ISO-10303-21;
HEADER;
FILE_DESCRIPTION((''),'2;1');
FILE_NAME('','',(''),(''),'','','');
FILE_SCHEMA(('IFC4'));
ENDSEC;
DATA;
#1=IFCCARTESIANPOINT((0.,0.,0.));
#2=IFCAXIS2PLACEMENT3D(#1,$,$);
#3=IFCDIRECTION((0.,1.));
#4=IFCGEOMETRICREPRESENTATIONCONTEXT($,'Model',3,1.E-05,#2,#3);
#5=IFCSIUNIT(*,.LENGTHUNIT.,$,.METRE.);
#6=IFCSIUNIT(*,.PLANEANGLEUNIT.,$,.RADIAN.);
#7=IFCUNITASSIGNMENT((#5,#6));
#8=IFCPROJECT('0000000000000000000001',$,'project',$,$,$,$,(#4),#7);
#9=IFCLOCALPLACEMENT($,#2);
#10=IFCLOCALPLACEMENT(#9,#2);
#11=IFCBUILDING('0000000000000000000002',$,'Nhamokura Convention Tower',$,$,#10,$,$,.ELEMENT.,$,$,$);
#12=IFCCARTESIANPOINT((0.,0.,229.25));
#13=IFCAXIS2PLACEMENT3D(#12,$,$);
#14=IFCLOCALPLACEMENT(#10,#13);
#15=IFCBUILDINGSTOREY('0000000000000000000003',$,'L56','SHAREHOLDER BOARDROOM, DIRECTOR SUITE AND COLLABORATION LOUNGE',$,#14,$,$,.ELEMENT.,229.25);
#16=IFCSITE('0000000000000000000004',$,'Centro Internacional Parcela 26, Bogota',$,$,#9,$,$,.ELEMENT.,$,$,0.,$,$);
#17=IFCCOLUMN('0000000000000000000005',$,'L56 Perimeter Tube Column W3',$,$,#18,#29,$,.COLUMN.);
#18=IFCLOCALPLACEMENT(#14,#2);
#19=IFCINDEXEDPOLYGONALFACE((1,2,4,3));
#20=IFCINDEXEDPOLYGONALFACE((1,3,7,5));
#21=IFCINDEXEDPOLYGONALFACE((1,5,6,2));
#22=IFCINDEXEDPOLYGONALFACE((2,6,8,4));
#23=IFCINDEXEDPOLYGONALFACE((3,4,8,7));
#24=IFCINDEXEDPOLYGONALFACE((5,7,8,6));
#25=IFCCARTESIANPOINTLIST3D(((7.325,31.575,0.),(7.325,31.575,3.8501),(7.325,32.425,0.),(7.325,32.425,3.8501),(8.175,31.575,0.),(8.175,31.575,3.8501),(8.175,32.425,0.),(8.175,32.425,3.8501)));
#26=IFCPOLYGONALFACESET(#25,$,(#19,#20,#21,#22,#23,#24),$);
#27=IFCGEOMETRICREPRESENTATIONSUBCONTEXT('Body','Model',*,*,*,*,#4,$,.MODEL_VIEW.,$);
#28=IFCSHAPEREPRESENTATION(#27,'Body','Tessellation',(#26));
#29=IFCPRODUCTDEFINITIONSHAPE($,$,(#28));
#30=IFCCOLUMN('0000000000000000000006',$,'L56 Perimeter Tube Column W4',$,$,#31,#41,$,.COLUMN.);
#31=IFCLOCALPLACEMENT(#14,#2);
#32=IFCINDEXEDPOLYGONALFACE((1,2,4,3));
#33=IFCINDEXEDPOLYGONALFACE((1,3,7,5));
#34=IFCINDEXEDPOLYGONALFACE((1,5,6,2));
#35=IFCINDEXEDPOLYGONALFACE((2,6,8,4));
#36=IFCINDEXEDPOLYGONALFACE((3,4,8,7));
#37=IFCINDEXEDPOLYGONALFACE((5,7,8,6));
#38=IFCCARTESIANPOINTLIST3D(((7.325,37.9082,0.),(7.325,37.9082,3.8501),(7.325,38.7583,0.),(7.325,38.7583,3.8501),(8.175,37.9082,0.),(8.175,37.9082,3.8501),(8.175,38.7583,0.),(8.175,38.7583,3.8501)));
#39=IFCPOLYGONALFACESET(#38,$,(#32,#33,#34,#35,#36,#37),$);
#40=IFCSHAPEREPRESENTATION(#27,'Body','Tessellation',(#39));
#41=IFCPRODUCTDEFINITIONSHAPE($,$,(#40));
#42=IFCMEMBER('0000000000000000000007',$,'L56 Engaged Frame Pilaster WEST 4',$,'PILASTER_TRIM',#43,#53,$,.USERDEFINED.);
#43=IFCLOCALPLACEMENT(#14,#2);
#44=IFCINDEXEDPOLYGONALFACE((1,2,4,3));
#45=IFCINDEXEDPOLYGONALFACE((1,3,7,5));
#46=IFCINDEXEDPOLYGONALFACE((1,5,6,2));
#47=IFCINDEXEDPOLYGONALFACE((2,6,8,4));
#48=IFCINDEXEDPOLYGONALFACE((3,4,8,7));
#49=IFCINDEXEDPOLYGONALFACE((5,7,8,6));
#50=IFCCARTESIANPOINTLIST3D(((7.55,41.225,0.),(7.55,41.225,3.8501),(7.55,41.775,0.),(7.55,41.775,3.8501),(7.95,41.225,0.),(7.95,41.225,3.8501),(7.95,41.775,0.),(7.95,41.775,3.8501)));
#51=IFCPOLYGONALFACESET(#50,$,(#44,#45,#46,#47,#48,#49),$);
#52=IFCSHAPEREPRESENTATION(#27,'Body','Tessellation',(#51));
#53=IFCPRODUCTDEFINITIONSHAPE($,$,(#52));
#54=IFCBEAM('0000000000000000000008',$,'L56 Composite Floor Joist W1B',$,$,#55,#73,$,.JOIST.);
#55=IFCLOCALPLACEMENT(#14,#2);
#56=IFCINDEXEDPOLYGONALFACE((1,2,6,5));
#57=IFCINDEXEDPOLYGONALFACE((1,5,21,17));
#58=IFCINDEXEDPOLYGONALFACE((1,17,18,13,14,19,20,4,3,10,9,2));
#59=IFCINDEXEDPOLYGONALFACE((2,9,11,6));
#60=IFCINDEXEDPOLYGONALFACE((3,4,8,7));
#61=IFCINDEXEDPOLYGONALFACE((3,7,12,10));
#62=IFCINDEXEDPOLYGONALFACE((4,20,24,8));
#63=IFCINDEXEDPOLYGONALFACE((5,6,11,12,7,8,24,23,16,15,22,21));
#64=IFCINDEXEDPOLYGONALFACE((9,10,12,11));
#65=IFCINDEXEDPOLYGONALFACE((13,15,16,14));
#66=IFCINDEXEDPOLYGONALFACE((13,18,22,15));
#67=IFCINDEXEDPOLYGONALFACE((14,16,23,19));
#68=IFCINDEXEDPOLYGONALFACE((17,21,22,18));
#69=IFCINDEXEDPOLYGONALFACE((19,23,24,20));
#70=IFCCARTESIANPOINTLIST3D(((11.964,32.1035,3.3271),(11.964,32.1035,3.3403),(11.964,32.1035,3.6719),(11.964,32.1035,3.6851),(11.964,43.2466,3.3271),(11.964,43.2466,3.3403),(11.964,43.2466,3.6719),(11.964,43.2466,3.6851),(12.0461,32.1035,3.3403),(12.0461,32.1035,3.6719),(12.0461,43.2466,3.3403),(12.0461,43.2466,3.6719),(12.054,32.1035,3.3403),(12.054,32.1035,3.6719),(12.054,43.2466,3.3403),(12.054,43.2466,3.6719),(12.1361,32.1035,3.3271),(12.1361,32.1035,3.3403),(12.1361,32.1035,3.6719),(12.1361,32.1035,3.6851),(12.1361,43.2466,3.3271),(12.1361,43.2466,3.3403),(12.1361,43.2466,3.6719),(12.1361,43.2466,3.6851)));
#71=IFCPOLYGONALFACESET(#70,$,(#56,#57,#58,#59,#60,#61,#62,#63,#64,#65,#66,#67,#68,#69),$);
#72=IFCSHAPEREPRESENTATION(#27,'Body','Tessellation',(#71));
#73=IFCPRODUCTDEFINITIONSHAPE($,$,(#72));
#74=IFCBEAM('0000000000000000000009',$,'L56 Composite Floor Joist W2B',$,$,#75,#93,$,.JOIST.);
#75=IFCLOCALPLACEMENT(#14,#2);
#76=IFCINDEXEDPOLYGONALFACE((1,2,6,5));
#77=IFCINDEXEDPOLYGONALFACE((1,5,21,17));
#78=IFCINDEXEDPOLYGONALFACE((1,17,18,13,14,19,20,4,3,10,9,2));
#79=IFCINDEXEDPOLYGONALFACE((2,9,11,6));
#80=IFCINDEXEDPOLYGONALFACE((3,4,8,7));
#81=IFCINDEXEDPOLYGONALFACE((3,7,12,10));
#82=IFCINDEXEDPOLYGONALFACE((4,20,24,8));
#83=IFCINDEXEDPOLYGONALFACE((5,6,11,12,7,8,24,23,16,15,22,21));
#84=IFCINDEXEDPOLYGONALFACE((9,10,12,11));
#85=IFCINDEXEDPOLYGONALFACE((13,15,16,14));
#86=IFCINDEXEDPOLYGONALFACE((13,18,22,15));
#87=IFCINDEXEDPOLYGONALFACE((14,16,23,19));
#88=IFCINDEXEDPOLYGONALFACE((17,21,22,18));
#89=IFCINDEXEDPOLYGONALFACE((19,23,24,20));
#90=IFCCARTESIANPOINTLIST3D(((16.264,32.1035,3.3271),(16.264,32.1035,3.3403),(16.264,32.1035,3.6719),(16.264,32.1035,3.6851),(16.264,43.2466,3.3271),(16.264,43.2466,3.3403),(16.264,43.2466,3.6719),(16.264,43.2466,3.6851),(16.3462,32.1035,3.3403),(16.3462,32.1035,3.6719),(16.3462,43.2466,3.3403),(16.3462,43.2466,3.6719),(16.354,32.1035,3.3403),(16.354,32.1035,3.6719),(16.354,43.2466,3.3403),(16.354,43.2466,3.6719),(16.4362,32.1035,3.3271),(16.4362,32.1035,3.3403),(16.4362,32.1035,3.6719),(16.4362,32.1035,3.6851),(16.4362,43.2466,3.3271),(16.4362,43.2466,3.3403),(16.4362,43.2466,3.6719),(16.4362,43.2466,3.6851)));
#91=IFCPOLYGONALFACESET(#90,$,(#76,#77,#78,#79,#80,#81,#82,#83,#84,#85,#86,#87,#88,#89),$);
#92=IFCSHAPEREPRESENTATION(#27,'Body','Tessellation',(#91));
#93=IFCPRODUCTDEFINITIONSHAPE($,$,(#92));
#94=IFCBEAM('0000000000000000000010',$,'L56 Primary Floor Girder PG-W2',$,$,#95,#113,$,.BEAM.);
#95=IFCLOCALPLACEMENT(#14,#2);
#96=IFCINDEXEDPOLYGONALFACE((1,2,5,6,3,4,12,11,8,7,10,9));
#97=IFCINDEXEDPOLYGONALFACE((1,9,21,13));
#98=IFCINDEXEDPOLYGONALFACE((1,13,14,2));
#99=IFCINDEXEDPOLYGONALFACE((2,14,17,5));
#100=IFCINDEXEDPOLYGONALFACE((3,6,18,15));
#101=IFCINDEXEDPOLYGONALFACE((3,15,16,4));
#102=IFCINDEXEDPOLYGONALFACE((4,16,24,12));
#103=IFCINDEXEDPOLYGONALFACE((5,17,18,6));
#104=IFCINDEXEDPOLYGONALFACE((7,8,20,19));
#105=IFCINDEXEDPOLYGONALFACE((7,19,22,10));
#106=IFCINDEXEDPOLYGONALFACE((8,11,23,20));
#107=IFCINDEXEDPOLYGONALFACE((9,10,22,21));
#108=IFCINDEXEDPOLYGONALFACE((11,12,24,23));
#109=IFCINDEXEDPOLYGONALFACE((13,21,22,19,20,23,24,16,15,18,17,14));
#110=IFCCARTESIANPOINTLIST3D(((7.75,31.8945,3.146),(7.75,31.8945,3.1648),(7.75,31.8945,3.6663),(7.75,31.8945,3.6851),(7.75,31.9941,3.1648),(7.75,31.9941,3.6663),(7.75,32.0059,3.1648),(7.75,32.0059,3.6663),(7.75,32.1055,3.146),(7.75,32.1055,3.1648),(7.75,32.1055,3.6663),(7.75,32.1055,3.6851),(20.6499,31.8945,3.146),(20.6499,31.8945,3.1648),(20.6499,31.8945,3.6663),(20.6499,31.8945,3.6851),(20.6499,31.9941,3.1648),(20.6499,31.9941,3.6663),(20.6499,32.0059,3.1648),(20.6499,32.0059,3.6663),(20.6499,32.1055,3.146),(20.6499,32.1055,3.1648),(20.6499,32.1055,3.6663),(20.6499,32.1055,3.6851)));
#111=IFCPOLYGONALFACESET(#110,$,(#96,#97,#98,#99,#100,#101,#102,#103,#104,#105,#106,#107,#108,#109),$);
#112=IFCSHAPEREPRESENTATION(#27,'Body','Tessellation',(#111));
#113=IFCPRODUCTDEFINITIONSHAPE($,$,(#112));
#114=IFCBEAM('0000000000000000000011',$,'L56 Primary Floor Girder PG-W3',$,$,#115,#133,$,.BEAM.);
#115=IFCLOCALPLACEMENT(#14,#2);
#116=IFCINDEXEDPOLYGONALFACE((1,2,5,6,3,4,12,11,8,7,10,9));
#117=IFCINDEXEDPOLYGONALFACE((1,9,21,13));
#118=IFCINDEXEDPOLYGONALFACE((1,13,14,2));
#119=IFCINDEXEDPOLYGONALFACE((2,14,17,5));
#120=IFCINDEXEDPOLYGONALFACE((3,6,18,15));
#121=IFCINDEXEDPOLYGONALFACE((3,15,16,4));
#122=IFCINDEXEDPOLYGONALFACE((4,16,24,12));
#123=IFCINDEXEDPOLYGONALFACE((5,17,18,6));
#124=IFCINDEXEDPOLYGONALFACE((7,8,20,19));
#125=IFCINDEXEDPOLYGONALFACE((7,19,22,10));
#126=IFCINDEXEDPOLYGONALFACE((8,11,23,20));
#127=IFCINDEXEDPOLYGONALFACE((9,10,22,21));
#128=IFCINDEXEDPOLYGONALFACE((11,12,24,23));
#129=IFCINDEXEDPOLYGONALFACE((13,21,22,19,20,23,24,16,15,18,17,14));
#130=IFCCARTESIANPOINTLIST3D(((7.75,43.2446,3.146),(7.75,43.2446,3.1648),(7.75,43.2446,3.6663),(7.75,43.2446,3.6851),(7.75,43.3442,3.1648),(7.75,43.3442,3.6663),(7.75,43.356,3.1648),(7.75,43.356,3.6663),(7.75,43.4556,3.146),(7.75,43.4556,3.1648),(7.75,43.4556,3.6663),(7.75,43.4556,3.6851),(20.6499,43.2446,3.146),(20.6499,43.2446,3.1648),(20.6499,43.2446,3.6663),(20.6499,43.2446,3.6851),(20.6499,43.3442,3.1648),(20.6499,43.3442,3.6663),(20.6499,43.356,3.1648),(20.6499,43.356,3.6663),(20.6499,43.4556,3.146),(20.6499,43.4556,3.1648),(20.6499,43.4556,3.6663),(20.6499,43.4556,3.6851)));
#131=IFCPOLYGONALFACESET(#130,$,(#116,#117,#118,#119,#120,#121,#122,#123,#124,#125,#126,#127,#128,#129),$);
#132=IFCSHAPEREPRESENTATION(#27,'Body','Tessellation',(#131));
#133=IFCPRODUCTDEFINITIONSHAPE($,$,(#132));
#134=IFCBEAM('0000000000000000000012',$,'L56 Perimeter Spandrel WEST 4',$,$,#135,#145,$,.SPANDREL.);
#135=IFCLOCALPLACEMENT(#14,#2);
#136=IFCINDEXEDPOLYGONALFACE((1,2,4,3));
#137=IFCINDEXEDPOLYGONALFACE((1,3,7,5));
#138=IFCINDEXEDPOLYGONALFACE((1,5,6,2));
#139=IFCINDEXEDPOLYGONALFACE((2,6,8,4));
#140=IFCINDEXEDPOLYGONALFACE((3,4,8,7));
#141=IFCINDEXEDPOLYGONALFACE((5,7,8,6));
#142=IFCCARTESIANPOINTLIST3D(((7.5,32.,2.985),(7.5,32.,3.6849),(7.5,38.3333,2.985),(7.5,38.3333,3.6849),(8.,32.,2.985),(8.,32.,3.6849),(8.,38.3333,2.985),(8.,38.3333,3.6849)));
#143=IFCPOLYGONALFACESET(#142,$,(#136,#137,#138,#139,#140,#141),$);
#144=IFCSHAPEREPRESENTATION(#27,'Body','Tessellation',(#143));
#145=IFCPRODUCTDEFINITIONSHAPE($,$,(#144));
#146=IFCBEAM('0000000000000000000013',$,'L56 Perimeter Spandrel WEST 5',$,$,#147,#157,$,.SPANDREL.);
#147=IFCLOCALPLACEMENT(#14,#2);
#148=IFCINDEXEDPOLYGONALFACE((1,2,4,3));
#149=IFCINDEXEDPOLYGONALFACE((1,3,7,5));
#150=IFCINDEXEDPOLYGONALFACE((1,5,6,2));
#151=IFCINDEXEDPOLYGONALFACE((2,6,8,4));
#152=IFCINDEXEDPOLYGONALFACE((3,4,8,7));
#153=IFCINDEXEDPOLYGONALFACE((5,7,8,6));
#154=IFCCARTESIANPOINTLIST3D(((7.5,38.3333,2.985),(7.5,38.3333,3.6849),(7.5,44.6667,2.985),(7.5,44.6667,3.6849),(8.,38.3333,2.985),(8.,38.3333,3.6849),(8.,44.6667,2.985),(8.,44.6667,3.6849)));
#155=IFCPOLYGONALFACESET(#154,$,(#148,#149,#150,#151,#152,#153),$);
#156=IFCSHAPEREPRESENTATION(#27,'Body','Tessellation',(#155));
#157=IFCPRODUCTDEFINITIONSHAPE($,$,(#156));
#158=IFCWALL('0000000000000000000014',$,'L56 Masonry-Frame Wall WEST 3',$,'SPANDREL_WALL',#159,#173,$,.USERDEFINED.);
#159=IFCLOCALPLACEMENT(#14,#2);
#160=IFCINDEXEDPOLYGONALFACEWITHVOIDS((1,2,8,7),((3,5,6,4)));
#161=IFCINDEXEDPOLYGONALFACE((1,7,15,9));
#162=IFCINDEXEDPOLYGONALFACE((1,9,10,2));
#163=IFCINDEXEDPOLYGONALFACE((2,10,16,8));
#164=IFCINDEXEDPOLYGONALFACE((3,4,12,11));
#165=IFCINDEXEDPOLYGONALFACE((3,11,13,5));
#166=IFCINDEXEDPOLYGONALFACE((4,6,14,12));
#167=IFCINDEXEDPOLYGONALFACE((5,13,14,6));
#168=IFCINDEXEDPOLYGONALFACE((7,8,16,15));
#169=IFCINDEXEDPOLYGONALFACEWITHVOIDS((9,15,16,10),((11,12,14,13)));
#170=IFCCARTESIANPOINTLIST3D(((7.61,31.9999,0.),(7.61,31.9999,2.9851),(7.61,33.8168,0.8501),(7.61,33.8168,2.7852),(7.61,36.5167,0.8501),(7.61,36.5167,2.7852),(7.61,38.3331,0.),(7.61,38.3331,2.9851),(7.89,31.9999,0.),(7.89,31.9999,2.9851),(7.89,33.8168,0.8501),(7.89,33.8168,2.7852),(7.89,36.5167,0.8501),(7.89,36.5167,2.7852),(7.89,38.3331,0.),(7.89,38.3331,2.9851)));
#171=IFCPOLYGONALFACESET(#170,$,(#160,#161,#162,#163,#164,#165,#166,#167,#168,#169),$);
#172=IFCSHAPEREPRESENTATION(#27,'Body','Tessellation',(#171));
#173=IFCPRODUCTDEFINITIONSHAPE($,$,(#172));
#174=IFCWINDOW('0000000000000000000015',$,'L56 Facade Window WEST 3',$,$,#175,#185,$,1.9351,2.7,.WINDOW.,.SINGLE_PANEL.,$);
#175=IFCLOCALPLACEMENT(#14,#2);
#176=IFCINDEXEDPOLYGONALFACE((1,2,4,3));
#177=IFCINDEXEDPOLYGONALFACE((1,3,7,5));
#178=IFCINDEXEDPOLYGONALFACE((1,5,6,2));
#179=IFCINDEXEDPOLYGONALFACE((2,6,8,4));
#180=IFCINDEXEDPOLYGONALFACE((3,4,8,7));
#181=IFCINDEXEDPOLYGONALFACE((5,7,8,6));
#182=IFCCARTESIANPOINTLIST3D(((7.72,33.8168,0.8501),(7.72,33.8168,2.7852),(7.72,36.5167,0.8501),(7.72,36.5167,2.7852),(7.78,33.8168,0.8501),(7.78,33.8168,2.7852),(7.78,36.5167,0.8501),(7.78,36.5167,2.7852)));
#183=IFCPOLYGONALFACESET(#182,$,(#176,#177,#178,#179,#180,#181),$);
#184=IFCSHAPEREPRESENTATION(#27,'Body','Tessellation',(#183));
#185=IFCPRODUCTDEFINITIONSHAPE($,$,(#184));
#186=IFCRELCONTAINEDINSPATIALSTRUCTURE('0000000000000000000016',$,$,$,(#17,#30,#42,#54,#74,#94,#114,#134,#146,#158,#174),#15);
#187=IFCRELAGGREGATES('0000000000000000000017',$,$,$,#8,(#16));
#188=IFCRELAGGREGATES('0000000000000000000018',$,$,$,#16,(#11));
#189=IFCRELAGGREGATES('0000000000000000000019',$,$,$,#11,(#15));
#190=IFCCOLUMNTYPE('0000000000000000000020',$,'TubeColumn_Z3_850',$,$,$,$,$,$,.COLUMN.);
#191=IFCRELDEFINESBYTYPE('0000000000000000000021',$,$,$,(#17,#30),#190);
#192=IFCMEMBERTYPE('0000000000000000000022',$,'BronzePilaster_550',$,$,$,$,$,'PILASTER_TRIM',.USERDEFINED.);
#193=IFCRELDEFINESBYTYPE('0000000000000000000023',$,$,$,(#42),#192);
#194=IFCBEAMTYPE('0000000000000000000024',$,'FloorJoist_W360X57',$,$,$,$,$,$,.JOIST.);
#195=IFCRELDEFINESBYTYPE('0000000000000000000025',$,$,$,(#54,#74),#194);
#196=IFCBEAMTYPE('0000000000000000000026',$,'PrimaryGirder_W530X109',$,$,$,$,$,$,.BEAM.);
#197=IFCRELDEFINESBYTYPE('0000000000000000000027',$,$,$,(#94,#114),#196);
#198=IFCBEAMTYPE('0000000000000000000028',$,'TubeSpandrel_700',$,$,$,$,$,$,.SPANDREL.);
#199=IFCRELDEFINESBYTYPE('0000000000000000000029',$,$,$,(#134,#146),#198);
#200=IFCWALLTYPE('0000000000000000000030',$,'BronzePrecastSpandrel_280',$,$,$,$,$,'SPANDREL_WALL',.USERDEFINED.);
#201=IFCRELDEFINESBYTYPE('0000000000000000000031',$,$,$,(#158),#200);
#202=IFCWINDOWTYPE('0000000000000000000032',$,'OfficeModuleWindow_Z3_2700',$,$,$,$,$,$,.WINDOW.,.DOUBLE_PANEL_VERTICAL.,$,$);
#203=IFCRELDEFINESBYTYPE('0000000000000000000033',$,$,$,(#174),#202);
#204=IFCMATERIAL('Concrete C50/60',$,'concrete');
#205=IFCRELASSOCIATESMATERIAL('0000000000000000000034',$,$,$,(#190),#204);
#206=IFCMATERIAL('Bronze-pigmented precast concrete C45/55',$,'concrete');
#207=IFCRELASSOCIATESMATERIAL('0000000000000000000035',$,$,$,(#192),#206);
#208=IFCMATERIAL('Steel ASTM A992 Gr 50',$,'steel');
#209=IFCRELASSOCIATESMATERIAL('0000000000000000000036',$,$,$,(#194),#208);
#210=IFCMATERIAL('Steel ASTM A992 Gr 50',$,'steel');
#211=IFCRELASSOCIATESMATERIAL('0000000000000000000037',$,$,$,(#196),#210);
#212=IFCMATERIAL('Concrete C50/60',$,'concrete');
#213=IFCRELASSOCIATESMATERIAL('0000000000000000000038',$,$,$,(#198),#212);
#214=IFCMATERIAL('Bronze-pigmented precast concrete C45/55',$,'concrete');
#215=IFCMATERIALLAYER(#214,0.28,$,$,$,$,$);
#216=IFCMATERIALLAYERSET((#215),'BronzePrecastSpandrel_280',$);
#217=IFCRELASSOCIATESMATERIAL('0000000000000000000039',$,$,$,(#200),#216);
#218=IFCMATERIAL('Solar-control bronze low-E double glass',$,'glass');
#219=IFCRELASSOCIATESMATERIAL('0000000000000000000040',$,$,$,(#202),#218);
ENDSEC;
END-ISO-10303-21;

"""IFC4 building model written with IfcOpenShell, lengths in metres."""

from ifc_helpers import new_model, si_unit, direction, frame, frame_2d, origin, origin_2d, place, context, subcontext, project, spatial, rectangle, i_section, extrude, material, layer, layer_set, material_profile, profile_set, type_object, element, fill, save


model = new_model("IFC4")

# Units and contexts
model_context = context("Model", 3, precision=1e-05, world=origin(), true_north=direction((0.0, 1.0)))
body_context = subcontext(model_context, "Body", "Model", "MODEL_VIEW")
ifc_project = project(units=[si_unit("LENGTHUNIT", "METRE"), si_unit("PLANEANGLEUNIT", "RADIAN")], contexts=[model_context])

# Site, building, storey
site_placement = place(None, origin())
site = spatial("IfcSite", under=ifc_project, at=site_placement, Name="Centro Internacional Parcela 26, Bogota", CompositionType="ELEMENT", RefElevation=0.0)
building_placement = place(site_placement, origin())
building = spatial("IfcBuilding", under=site, at=building_placement, Name="Nhamokura Convention Tower", CompositionType="ELEMENT")
storey_placement = place(building_placement, frame((0.0, 0.0, 229.25)))
storey = spatial("IfcBuildingStorey", under=building, at=storey_placement, Name="L56", Description="SHAREHOLDER BOARDROOM, DIRECTOR SUITE AND COLLABORATION LOUNGE", CompositionType="ELEMENT", Elevation=229.25)

# Columns
ifc_material_1 = material(Name="Concrete C50/60", Category="concrete")
ifc_material_profile_1 = material_profile(ifc_material_1, rectangle(XDim=0.8501, YDim=0.8501, at=origin_2d()))
ifc_profile_set_1 = profile_set([ifc_material_profile_1], Name="Concrete C50/60")
column_type = type_object("IfcColumnType", Name="TubeColumn_Z3_850", PredefinedType="COLUMN", material=ifc_profile_set_1)
for number, where, z_axis, x_axis, name in (
    (1, (7.75, 32.0, 0.0), (0.0, 0.0, 1.0), (1.0, 0.0, 0.0), "L56 Perimeter Tube Column W3"),
    (2, (7.75, 38.3333, 0.0), (0.0, 0.0, 1.0), (1.0, 0.0, 0.0), "L56 Perimeter Tube Column W4"),
):
    element("IfcColumn", number, at=place(storey_placement, frame(where, z_axis=z_axis, x_axis=x_axis)), inside=storey, type_object=column_type, Name=name, PredefinedType="COLUMN", context=body_context, shape_type="SweptSolid", body=[
        extrude(rectangle(XDim=0.8501, YDim=0.8501, at=origin_2d()), origin(), (0.0, 0.0, 1.0), 3.8501),
    ])

# Member
ifc_material_2 = material(Name="Bronze-pigmented precast concrete C45/55", Category="concrete")
ifc_material_profile_2 = material_profile(ifc_material_2, rectangle(XDim=0.3999, YDim=0.55, at=origin_2d()))
ifc_profile_set_2 = profile_set([ifc_material_profile_2], Name="Bronze-pigmented precast concrete C45/55")
member_type = type_object("IfcMemberType", Name="BronzePilaster_550", ElementType="PILASTER_TRIM", PredefinedType="USERDEFINED", material=ifc_profile_set_2)
member_placement = place(storey_placement, frame((7.75, 41.5, 0.0), z_axis=(0.0, 0.0, 1.0), x_axis=(1.0, 0.0, 0.0)))
element("IfcMember", 3, at=member_placement, inside=storey, type_object=member_type, Name="L56 Engaged Frame Pilaster WEST 4", ObjectType="PILASTER_TRIM", PredefinedType="USERDEFINED", context=body_context, shape_type="SweptSolid", body=[
    extrude(rectangle(XDim=0.3999, YDim=0.55, at=origin_2d()), origin(), (0.0, 0.0, 1.0), 3.8501),
])

# Beams
ifc_material_3 = material(Name="Steel ASTM A992 Gr 50", Category="steel")
ifc_material_profile_3 = material_profile(ifc_material_3, i_section(OverallWidth=0.1721, OverallDepth=0.3579, WebThickness=0.0078, FlangeThickness=0.0132, at=origin_2d()))
ifc_profile_set_3 = profile_set([ifc_material_profile_3], Name="Steel ASTM A992 Gr 50")
beam_type_1 = type_object("IfcBeamType", Name="FloorJoist_W360X57", PredefinedType="JOIST", material=ifc_profile_set_3)
for number, where, z_axis, x_axis, name in (
    (4, (12.05, 32.1035, 3.5061), (0.0, 1.0, 0.0), (-1.0, 0.0, 0.0), "L56 Composite Floor Joist W1B"),
    (5, (16.3501, 32.1035, 3.5061), (0.0, 1.0, 0.0), (-1.0, 0.0, 0.0), "L56 Composite Floor Joist W2B"),
):
    element("IfcBeam", number, at=place(storey_placement, frame(where, z_axis=z_axis, x_axis=x_axis)), inside=storey, type_object=beam_type_1, Name=name, PredefinedType="JOIST", context=body_context, shape_type="SweptSolid", body=[
        extrude(i_section(OverallWidth=0.1721, OverallDepth=0.3579, WebThickness=0.0078, FlangeThickness=0.0132, at=origin_2d()), origin(), (0.0, 0.0, 1.0), 11.1431),
    ])
ifc_material_4 = material(Name="Steel ASTM A992 Gr 50", Category="steel")
ifc_material_profile_4 = material_profile(ifc_material_4, i_section(OverallWidth=0.2109, OverallDepth=0.5391, WebThickness=0.0117, FlangeThickness=0.0188, at=origin_2d()))
ifc_profile_set_4 = profile_set([ifc_material_profile_4], Name="Steel ASTM A992 Gr 50")
beam_type_2 = type_object("IfcBeamType", Name="PrimaryGirder_W530X109", PredefinedType="BEAM", material=ifc_profile_set_4)
for number, where, z_axis, x_axis, name in (
    (6, (7.75, 32.0, 3.4155), (1.0, 0.0, 0.0), (0.0, 1.0, 0.0), "L56 Primary Floor Girder PG-W2"),
    (7, (7.75, 43.3501, 3.4155), (1.0, 0.0, 0.0), (0.0, 1.0, 0.0), "L56 Primary Floor Girder PG-W3"),
):
    element("IfcBeam", number, at=place(storey_placement, frame(where, z_axis=z_axis, x_axis=x_axis)), inside=storey, type_object=beam_type_2, Name=name, PredefinedType="BEAM", context=body_context, shape_type="SweptSolid", body=[
        extrude(i_section(OverallWidth=0.2109, OverallDepth=0.5391, WebThickness=0.0117, FlangeThickness=0.0188, at=origin_2d()), origin(), (0.0, 0.0, 1.0), 12.8999),
    ])
ifc_material_5 = material(Name="Concrete C50/60", Category="concrete")
ifc_material_profile_5 = material_profile(ifc_material_5, rectangle(XDim=0.5, YDim=0.7, at=origin_2d()))
ifc_profile_set_5 = profile_set([ifc_material_profile_5], Name="Concrete C50/60")
beam_type_3 = type_object("IfcBeamType", Name="TubeSpandrel_700", PredefinedType="SPANDREL", material=ifc_profile_set_5)
beam_1_placement = place(storey_placement, frame((7.75, 32.0, 3.335), z_axis=(0.0, 1.0, 0.0), x_axis=(-1.0, 0.0, 0.0)))
element("IfcBeam", 8, at=beam_1_placement, inside=storey, type_object=beam_type_3, Name="L56 Perimeter Spandrel WEST 4", PredefinedType="SPANDREL", context=body_context, shape_type="SweptSolid", body=[
    extrude(rectangle(XDim=0.5, YDim=0.7, at=origin_2d()), origin(), (0.0, 0.0, 1.0), 6.3333),
])
beam_2_placement = place(storey_placement, frame((7.75, 38.3333, 3.335), z_axis=(0.0, 1.0, 0.0), x_axis=(-1.0, 0.0, 0.0)))
element("IfcBeam", 9, at=beam_2_placement, inside=storey, type_object=beam_type_3, Name="L56 Perimeter Spandrel WEST 5", PredefinedType="SPANDREL", context=body_context, shape_type="SweptSolid", body=[
    extrude(rectangle(XDim=0.5, YDim=0.7, at=origin_2d()), origin(), (0.0, 0.0, 1.0), 6.3335),
])

# Wall, opening, window
ifc_material_6 = material(Name="Bronze-pigmented precast concrete C45/55", Category="concrete")
ifc_layer_1 = layer(ifc_material_6, 0.28)
ifc_layer_set_1 = layer_set([ifc_layer_1], Name="BronzePrecastSpandrel_280")
wall_type_1 = type_object("IfcWallType", Name="BronzePrecastSpandrel_280", ElementType="SPANDREL_WALL", PredefinedType="USERDEFINED", material=ifc_layer_set_1)
wall_1_placement = place(storey_placement, frame((7.75, 32.0, 0.0), z_axis=(0.0, 0.0, 1.0), x_axis=(0.0, 1.0, 0.0)))
wall_1 = element("IfcWall", 10, at=wall_1_placement, inside=storey, type_object=wall_type_1, Name="L56 Masonry-Frame Wall WEST 3", ObjectType="SPANDREL_WALL", PredefinedType="USERDEFINED", context=body_context, shape_type="SweptSolid", body=[
    extrude(rectangle(XDim=6.3333, YDim=0.28, at=frame_2d((3.1665, 0.0))), origin(), (0.0, 0.0, 1.0), 2.9851),
])
opening_1_placement = place(wall_1_placement, frame((1.8167, 0.0, 0.8501)))
opening_1 = element("IfcOpeningElement", 11, at=opening_1_placement, cuts=wall_1, PredefinedType="OPENING", context=body_context, shape_type="SweptSolid", body=[
    extrude(rectangle(XDim=2.7, YDim=1.9351, at=frame_2d((1.3501, 0.9675))), frame((0.0, 0.1499, 0.0), z_axis=(0.0, -1.0, 0.0), x_axis=(1.0, 0.0, 0.0)), (0.0, 0.0, 1.0), 0.3),
])
ifc_material_7 = material(Name="Solar-control bronze low-E double glass", Category="glass")
window_type_1 = type_object("IfcWindowType", Name="OfficeModuleWindow_Z3_2700", PartitioningType="DOUBLE_PANEL_VERTICAL", PredefinedType="WINDOW", material=ifc_material_7)
window_1_placement = place(opening_1_placement, origin())
window_1 = element("IfcWindow", 12, at=window_1_placement, inside=storey, type_object=window_type_1, Name="L56 Facade Window WEST 3", OverallHeight=1.9351, OverallWidth=2.7, PartitioningType="SINGLE_PANEL", PredefinedType="WINDOW", context=body_context, shape_type="SweptSolid", body=[
    extrude(rectangle(XDim=2.7, YDim=1.9351, at=frame_2d((1.3501, 0.9675))), frame((0.0, 0.03, 0.0), z_axis=(0.0, -1.0, 0.0), x_axis=(1.0, 0.0, 0.0)), (0.0, 0.0, 1.0), 0.0601),
])
fill(opening_1, window_1)

save(model, "model.ifc")
